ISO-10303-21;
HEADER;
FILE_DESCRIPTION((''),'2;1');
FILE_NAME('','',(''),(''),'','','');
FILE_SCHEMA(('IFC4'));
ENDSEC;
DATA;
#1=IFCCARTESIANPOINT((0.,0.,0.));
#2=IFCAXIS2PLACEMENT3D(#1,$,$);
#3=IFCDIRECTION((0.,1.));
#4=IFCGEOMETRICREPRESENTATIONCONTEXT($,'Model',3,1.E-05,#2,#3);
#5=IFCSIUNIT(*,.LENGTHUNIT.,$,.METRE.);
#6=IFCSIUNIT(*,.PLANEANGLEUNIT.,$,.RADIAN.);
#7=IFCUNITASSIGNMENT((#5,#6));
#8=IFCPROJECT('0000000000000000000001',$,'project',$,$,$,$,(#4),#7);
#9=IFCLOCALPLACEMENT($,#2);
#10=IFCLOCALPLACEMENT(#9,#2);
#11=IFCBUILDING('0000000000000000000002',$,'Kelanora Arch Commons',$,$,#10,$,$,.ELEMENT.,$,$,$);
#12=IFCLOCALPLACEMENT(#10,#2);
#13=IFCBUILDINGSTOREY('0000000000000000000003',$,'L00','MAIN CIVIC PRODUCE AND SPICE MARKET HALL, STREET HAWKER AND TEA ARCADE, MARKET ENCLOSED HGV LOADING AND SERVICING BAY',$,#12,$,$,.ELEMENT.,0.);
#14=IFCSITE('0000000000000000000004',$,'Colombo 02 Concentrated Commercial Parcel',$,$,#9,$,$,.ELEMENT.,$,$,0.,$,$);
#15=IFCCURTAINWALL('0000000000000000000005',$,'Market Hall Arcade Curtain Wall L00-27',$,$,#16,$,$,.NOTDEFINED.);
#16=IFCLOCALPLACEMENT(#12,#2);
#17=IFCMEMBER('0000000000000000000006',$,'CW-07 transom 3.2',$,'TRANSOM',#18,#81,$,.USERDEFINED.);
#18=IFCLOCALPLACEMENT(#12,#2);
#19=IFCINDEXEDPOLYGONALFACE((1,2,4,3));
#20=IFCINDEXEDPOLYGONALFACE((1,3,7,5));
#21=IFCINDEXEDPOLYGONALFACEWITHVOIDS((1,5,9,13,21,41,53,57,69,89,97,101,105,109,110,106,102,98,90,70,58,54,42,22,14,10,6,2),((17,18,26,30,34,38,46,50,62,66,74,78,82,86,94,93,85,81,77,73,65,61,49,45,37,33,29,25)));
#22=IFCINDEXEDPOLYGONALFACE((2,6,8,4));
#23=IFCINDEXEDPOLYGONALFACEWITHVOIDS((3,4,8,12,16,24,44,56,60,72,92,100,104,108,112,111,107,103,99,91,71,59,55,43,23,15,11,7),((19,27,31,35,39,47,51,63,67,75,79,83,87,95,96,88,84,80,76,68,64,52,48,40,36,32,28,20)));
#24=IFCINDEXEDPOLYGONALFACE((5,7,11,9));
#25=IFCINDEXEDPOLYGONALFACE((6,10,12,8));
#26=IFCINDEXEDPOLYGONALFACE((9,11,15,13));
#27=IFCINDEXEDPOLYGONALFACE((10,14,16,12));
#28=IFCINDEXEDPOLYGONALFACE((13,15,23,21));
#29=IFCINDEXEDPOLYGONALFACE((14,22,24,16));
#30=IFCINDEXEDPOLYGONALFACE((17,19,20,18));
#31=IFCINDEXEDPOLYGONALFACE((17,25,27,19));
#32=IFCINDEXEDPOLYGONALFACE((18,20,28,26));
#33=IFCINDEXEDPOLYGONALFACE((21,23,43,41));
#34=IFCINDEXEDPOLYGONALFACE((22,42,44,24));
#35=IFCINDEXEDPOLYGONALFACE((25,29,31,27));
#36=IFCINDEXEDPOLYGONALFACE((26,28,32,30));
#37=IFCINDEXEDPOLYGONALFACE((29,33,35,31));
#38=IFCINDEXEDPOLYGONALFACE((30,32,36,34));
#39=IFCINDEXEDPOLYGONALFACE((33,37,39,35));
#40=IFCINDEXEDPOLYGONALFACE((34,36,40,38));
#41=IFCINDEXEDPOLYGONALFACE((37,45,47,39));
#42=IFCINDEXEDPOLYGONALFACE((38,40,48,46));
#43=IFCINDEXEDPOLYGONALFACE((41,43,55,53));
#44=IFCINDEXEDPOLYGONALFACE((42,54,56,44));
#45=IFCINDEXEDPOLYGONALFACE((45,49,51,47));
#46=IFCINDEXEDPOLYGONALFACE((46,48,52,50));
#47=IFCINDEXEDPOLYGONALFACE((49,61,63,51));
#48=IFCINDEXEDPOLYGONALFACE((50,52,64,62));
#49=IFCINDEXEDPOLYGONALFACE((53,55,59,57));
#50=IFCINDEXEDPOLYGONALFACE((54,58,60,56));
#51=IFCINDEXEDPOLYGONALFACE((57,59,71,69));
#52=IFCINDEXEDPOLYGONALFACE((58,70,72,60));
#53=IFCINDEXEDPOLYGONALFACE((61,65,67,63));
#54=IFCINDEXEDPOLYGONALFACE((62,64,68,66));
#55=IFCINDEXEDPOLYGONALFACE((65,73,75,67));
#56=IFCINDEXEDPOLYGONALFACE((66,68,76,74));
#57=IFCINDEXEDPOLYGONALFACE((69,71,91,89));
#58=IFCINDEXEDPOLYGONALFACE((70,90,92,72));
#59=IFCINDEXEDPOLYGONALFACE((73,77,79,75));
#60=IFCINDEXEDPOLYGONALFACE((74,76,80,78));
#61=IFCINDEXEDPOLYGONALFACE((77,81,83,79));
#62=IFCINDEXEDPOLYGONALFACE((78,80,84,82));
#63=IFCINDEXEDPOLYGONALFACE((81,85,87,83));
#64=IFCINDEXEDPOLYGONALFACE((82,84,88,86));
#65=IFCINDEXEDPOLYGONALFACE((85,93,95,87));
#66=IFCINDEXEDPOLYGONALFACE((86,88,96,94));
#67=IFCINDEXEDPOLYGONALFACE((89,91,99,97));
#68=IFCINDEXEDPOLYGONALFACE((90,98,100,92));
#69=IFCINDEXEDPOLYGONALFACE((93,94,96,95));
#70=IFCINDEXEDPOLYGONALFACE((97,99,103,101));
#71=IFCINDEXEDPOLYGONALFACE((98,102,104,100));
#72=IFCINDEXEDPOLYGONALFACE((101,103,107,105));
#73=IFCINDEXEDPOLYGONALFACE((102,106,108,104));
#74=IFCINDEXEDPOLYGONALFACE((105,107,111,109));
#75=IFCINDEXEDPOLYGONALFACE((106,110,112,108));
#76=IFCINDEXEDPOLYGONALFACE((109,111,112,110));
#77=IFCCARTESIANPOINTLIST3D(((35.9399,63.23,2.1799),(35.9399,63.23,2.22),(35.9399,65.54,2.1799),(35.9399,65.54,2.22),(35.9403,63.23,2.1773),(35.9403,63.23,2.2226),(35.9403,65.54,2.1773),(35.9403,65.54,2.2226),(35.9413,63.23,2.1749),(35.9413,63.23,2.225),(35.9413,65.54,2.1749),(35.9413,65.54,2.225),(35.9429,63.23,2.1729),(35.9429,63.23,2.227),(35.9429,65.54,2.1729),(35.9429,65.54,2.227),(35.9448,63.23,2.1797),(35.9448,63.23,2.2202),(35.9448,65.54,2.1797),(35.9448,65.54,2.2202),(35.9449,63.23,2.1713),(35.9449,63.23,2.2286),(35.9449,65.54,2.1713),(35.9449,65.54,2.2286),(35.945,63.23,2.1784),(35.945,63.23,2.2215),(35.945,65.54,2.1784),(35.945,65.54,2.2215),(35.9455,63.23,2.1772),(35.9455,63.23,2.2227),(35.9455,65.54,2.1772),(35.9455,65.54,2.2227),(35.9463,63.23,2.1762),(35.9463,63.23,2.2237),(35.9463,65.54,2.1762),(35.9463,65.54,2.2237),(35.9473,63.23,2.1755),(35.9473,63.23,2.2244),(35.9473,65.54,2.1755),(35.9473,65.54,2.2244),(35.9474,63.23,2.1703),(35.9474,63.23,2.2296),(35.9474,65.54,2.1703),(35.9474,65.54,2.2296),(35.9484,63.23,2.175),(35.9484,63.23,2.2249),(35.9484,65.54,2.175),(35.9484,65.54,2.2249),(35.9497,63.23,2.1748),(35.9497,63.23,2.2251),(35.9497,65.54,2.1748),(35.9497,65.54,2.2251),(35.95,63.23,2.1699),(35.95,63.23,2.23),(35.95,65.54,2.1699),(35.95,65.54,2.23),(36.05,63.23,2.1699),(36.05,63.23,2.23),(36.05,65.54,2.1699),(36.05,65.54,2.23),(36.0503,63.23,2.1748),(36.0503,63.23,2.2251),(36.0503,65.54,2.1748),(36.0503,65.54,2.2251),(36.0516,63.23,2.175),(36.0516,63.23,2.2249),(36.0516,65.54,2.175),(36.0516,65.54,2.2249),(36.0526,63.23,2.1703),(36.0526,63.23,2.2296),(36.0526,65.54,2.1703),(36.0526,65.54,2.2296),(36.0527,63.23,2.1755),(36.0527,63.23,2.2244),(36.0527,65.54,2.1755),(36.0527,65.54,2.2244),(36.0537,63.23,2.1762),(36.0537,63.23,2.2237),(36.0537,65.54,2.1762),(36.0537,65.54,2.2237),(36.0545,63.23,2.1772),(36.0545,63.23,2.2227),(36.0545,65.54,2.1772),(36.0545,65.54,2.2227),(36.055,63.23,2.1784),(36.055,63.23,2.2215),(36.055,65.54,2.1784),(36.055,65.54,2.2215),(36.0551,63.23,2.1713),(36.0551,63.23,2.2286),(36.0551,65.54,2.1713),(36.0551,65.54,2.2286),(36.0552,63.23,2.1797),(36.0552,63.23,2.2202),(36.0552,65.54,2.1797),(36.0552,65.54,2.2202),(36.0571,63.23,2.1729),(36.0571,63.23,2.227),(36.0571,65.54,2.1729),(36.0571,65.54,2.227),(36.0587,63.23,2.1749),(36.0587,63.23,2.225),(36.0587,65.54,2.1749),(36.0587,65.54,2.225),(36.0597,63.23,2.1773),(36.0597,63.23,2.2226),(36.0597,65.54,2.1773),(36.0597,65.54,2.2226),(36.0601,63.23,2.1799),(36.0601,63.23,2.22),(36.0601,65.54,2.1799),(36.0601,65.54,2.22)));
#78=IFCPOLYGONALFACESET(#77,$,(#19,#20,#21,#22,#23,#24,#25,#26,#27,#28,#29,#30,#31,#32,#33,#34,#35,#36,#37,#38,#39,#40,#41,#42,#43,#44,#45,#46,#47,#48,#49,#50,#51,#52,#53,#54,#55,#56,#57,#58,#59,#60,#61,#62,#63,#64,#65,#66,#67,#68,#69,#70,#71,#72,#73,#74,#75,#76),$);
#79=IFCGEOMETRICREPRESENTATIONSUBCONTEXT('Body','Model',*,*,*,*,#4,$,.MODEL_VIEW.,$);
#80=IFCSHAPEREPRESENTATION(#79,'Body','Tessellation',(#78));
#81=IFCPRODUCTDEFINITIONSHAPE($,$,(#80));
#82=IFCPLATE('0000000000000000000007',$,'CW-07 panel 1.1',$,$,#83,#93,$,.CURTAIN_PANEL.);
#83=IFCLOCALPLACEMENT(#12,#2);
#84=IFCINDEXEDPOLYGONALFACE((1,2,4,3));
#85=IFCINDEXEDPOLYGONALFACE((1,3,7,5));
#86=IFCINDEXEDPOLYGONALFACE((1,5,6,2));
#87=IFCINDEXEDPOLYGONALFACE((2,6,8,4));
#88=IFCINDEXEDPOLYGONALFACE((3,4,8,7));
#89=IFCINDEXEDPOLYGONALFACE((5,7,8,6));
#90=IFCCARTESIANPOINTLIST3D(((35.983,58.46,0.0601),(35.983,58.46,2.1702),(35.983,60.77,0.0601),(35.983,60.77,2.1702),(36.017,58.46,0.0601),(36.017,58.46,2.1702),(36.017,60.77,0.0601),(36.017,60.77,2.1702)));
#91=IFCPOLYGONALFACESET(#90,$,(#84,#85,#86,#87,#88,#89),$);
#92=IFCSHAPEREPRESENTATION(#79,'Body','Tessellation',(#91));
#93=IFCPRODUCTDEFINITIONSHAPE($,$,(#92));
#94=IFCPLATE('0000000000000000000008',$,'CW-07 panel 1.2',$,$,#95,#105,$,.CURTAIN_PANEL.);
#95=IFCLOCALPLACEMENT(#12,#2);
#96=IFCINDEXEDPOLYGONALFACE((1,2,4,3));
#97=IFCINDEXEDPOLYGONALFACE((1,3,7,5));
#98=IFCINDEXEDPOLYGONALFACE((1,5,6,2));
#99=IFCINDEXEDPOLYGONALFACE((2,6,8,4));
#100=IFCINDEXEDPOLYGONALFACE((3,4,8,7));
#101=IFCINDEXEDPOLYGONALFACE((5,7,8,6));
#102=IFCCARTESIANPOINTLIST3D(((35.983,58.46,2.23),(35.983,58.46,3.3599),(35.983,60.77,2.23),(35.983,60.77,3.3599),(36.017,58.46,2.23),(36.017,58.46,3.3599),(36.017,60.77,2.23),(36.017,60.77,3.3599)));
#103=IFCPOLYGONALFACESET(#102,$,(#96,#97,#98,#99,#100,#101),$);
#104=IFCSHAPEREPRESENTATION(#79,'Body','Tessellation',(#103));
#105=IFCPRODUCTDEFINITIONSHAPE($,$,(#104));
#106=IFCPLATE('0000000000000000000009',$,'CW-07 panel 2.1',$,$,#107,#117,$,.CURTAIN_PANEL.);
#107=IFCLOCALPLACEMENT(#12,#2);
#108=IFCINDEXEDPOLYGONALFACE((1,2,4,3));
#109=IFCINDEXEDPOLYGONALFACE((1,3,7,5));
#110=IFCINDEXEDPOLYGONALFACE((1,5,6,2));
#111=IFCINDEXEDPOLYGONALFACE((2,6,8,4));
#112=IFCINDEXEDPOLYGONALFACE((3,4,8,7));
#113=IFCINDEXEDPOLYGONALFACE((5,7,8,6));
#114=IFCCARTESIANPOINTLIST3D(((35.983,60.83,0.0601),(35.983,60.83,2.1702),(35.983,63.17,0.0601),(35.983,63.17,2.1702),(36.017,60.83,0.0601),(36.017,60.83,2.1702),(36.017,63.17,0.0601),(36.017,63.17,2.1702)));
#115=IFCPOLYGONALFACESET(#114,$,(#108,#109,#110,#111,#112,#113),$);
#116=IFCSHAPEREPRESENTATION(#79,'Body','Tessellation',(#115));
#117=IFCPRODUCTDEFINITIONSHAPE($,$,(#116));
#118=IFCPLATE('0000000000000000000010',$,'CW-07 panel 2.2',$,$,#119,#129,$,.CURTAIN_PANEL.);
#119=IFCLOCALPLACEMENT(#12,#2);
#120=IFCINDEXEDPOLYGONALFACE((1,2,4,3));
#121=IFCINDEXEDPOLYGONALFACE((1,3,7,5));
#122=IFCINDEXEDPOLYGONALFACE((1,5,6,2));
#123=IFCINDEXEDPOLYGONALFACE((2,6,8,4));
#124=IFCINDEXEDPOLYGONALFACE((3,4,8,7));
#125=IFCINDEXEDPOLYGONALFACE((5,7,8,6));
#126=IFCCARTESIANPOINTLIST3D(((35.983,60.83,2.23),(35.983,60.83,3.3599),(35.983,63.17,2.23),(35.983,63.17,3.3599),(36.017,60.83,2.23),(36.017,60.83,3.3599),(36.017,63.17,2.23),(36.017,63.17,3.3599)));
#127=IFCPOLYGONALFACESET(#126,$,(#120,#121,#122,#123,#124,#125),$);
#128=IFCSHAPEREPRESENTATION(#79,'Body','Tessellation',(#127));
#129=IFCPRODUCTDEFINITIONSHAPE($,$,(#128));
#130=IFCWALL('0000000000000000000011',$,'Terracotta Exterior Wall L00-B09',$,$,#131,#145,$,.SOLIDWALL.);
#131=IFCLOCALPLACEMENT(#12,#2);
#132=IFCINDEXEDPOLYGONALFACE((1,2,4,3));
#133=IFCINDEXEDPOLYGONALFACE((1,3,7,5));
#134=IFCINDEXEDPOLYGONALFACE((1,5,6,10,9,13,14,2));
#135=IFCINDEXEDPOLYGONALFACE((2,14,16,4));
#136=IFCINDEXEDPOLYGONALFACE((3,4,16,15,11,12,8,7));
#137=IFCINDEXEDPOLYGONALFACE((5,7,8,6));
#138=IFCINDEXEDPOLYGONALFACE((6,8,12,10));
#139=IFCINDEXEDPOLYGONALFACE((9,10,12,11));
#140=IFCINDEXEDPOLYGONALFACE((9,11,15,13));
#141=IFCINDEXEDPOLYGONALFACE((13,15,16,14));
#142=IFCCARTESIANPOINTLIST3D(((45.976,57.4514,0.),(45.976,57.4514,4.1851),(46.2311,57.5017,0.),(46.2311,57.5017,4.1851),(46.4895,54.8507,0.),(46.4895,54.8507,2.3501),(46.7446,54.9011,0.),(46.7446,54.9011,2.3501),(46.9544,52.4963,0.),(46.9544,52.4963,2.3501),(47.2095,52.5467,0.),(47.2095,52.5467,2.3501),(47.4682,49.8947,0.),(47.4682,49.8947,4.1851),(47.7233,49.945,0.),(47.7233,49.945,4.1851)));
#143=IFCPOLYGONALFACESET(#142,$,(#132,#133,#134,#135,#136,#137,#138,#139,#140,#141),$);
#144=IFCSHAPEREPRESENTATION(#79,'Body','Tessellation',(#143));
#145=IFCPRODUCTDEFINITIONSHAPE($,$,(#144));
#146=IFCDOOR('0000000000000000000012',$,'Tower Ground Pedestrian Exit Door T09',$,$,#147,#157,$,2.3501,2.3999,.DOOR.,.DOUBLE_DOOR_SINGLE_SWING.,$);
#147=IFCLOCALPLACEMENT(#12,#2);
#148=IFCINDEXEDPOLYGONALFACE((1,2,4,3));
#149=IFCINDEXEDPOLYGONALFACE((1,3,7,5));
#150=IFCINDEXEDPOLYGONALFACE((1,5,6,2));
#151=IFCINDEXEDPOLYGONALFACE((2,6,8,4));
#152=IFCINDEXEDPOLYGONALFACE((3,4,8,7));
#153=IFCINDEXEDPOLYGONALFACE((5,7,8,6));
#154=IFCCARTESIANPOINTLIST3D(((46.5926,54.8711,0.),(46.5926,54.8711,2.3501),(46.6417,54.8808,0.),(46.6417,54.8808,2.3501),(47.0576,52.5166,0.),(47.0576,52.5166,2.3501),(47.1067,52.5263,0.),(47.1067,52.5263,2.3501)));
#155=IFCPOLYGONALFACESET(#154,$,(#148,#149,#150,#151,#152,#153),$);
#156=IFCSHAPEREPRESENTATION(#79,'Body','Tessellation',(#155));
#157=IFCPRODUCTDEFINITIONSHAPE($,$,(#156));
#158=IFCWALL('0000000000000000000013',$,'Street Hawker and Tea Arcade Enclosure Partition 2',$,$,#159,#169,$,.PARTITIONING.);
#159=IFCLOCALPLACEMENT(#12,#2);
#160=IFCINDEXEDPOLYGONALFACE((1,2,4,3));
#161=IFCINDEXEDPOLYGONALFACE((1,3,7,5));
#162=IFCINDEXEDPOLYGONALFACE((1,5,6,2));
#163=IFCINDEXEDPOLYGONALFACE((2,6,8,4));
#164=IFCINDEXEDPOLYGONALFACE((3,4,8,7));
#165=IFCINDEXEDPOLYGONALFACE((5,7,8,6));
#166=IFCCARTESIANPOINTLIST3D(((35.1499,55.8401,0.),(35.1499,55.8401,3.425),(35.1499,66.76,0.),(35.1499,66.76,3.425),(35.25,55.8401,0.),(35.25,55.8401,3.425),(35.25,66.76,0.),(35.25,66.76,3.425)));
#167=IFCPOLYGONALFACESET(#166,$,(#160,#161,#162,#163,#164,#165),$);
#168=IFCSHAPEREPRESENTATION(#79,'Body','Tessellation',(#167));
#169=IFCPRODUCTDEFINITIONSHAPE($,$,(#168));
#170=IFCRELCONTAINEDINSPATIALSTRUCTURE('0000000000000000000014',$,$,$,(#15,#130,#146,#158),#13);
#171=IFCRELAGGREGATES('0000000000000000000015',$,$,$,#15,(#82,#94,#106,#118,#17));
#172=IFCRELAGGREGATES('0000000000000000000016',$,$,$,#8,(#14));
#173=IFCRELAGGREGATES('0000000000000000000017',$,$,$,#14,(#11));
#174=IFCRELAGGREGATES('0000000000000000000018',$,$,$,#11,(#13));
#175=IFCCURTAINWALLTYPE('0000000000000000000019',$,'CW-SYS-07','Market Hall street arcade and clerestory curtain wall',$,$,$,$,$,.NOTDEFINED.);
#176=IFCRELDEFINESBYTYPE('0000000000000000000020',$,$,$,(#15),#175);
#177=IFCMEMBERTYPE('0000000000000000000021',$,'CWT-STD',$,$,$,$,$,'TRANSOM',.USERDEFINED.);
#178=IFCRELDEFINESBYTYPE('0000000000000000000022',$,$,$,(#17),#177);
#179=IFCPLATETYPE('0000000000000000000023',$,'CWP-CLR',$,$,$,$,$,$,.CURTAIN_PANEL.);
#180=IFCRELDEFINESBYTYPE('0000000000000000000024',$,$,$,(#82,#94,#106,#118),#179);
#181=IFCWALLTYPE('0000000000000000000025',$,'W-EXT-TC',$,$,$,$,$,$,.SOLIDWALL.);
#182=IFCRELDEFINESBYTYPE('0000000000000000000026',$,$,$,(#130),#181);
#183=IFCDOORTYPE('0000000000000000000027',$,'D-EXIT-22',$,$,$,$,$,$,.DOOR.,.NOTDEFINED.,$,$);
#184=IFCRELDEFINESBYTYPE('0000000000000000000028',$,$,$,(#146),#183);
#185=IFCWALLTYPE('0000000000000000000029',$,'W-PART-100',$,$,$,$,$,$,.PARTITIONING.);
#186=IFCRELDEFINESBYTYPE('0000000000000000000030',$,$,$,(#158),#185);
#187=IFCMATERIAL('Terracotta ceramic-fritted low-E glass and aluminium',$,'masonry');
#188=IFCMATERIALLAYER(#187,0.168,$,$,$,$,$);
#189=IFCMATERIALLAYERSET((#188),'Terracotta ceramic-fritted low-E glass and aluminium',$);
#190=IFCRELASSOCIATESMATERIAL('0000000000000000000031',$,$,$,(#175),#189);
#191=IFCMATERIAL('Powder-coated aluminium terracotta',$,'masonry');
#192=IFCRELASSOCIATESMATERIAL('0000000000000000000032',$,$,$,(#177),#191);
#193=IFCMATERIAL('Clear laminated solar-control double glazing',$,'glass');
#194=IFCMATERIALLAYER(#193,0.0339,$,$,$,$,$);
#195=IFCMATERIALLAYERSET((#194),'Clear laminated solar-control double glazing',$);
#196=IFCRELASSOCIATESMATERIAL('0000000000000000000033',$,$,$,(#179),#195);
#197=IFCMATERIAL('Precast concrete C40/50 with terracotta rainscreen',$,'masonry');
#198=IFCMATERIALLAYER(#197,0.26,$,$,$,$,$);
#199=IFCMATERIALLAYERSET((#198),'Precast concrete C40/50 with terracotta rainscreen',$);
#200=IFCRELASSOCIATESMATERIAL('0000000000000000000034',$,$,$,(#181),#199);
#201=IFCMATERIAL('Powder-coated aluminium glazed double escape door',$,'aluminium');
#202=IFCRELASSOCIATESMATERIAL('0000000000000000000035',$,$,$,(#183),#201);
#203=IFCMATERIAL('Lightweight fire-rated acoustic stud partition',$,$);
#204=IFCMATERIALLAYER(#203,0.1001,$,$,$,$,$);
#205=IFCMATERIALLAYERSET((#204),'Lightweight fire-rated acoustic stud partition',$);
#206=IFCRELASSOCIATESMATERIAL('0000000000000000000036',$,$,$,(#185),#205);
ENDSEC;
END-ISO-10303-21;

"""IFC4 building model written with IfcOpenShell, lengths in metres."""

from ifc_helpers import new_model, si_unit, direction, frame, frame_2d, origin, origin_2d, place, context, subcontext, project, spatial, rectangle, hollow_rectangle, extrude, source, transform, mapped, material, layer, layer_set, material_profile, profile_set, type_object, element, fill, aggregate, save


model = new_model("IFC4")

# Units and contexts
model_context = context("Model", 3, precision=1e-05, world=origin(), true_north=direction((0.0, 1.0)))
body_context = subcontext(model_context, "Body", "Model", "MODEL_VIEW")
ifc_project = project(units=[si_unit("LENGTHUNIT", "METRE"), si_unit("PLANEANGLEUNIT", "RADIAN")], contexts=[model_context])

# Site, building, storey
site_placement = place(None, origin())
site = spatial("IfcSite", under=ifc_project, at=site_placement, Name="Colombo 02 Concentrated Commercial Parcel", CompositionType="ELEMENT", RefElevation=0.0)
building_placement = place(site_placement, origin())
building = spatial("IfcBuilding", under=site, at=building_placement, Name="Kelanora Arch Commons", CompositionType="ELEMENT")
storey_placement = place(building_placement, origin())
storey = spatial("IfcBuildingStorey", under=building, at=storey_placement, Name="L00", Description="MAIN CIVIC PRODUCE AND SPICE MARKET HALL, STREET HAWKER AND TEA ARCADE, MARKET ENCLOSED HGV LOADING AND SERVICING BAY", CompositionType="ELEMENT", Elevation=0.0)

# Curtain wall, member, plates
ifc_material_1 = material(Name="Terracotta ceramic-fritted low-E glass and aluminium", Category="masonry")
ifc_layer_1 = layer(ifc_material_1, 0.168)
ifc_layer_set_1 = layer_set([ifc_layer_1], Name="Terracotta ceramic-fritted low-E glass and aluminium")
curtain_wall_type = type_object("IfcCurtainWallType", Name="CW-SYS-07", Description="Market Hall street arcade and clerestory curtain wall", PredefinedType="NOTDEFINED", material=ifc_layer_set_1)
curtain_wall_placement = place(storey_placement, origin())
curtain_wall = element("IfcCurtainWall", 1, at=curtain_wall_placement, inside=storey, type_object=curtain_wall_type, Name="Market Hall Arcade Curtain Wall L00-27", PredefinedType="NOTDEFINED")
ifc_material_2 = material(Name="Powder-coated aluminium terracotta", Category="masonry")
ifc_material_profile_1 = material_profile(ifc_material_2, hollow_rectangle(XDim=0.1201, YDim=0.0601, WallThickness=0.0049, InnerFilletRadius=0.0049, OuterFilletRadius=0.01, at=origin_2d()), Name="CWT120x60")
ifc_profile_set_1 = profile_set([ifc_material_profile_1], Name="Powder-coated aluminium terracotta")
member_type_1 = type_object("IfcMemberType", Name="CWT-STD", ElementType="TRANSOM", PredefinedType="USERDEFINED", material=ifc_profile_set_1)
member_1_placement = place(storey_placement, frame((36.0, 63.23, 2.2), z_axis=(0.0, 1.0, 0.0), x_axis=(-1.0, 0.0, 0.0)))
member_1 = element("IfcMember", 2, at=member_1_placement, type_object=member_type_1, Name="CW-07 transom 3.2", ObjectType="TRANSOM", PredefinedType="USERDEFINED", context=body_context, shape_type="SweptSolid", body=[
    extrude(hollow_rectangle(XDim=0.1201, YDim=0.0601, WallThickness=0.0049, InnerFilletRadius=0.0049, OuterFilletRadius=0.01, at=origin_2d()), origin(), (0.0, 0.0, 1.0), 2.3101),
])
ifc_material_3 = material(Name="Clear laminated solar-control double glazing", Category="glass")
ifc_layer_2 = layer(ifc_material_3, 0.0339)
ifc_layer_set_2 = layer_set([ifc_layer_2], Name="Clear laminated solar-control double glazing")
plate_type = type_object("IfcPlateType", Name="CWP-CLR", PredefinedType="CURTAIN_PANEL", material=ifc_layer_set_2)
shared_shape_1 = source(origin(), body_context, "Body", "SweptSolid", [
    extrude(rectangle(XDim=2.3101, YDim=0.0339, at=origin_2d()), origin(), (0.0, 0.0, 1.0), 2.1101),
])
plate_1_placement = place(storey_placement, frame((36.0, 59.615, 0.0601), z_axis=(0.0, 0.0, 1.0), x_axis=(0.0, 1.0, 0.0)))
plate_1 = element("IfcPlate", 3, at=plate_1_placement, type_object=plate_type, Name="CW-07 panel 1.1", PredefinedType="CURTAIN_PANEL", context=body_context, shape_type="MappedRepresentation", body=[
    mapped(shared_shape_1, transform((0.0, 0.0, 0.0), scale=1.0)),
])
shared_shape_2 = source(origin(), body_context, "Body", "SweptSolid", [
    extrude(rectangle(XDim=2.3101, YDim=0.0339, at=origin_2d()), origin(), (0.0, 0.0, 1.0), 1.1299),
])
plate_2_placement = place(storey_placement, frame((36.0, 59.615, 2.23), z_axis=(0.0, 0.0, 1.0), x_axis=(0.0, 1.0, 0.0)))
plate_2 = element("IfcPlate", 4, at=plate_2_placement, type_object=plate_type, Name="CW-07 panel 1.2", PredefinedType="CURTAIN_PANEL", context=body_context, shape_type="MappedRepresentation", body=[
    mapped(shared_shape_2, transform((0.0, 0.0, 0.0), scale=1.0)),
])
shared_shape_3 = source(origin(), body_context, "Body", "SweptSolid", [
    extrude(rectangle(XDim=2.3401, YDim=0.0339, at=origin_2d()), origin(), (0.0, 0.0, 1.0), 2.1101),
])
plate_3_placement = place(storey_placement, frame((36.0, 62.0, 0.0601), z_axis=(0.0, 0.0, 1.0), x_axis=(0.0, 1.0, 0.0)))
plate_3 = element("IfcPlate", 5, at=plate_3_placement, type_object=plate_type, Name="CW-07 panel 2.1", PredefinedType="CURTAIN_PANEL", context=body_context, shape_type="MappedRepresentation", body=[
    mapped(shared_shape_3, transform((0.0, 0.0, 0.0), scale=1.0)),
])
shared_shape_4 = source(origin(), body_context, "Body", "SweptSolid", [
    extrude(rectangle(XDim=2.3401, YDim=0.0339, at=origin_2d()), origin(), (0.0, 0.0, 1.0), 1.1299),
])
plate_4_placement = place(storey_placement, frame((36.0, 62.0, 2.23), z_axis=(0.0, 0.0, 1.0), x_axis=(0.0, 1.0, 0.0)))
plate_4 = element("IfcPlate", 6, at=plate_4_placement, type_object=plate_type, Name="CW-07 panel 2.2", PredefinedType="CURTAIN_PANEL", context=body_context, shape_type="MappedRepresentation", body=[
    mapped(shared_shape_4, transform((0.0, 0.0, 0.0), scale=1.0)),
])
aggregate(curtain_wall, [plate_1, plate_2, plate_3, plate_4, member_1])

# Wall, opening, door
ifc_material_4 = material(Name="Precast concrete C40/50 with terracotta rainscreen", Category="masonry")
ifc_layer_3 = layer(ifc_material_4, 0.26)
ifc_layer_set_3 = layer_set([ifc_layer_3], Name="Precast concrete C40/50 with terracotta rainscreen")
wall_type_1 = type_object("IfcWallType", Name="W-EXT-TC", PredefinedType="SOLIDWALL", material=ifc_layer_set_3)
wall_1_placement = place(storey_placement, frame((46.1035, 57.4766, 0.0), z_axis=(0.0, 0.0, 1.0), x_axis=(0.193726, -0.981056, 0.0)))
wall_1 = element("IfcWall", 7, at=wall_1_placement, inside=storey, type_object=wall_type_1, Name="Terracotta Exterior Wall L00-B09", PredefinedType="SOLIDWALL", context=body_context, shape_type="SweptSolid", body=[
    extrude(rectangle(XDim=7.7026, YDim=0.26, at=frame_2d((3.8513, 0.0))), origin(), (0.0, 0.0, 1.0), 4.1851),
])
opening_placement = place(wall_1_placement, frame((2.6509, 0.0, 0.0)))
opening = element("IfcOpeningElement", 8, at=opening_placement, cuts=wall_1, PredefinedType="OPENING", context=body_context, shape_type="SweptSolid", body=[
    extrude(rectangle(XDim=2.3999, YDim=2.3501, at=frame_2d((1.2, 1.175))), frame((0.0, 0.1401, 0.0), z_axis=(0.0, -1.0, 0.0), x_axis=(1.0, 0.0, 0.0)), (0.0, 0.0, 1.0), 0.28),
])
ifc_material_5 = material(Name="Powder-coated aluminium glazed double escape door", Category="aluminium")
door_type = type_object("IfcDoorType", Name="D-EXIT-22", OperationType="NOTDEFINED", PredefinedType="DOOR", material=ifc_material_5)
door_placement = place(opening_placement, frame((2.3999, 0.0, 0.0), z_axis=(0.0, 0.0, 1.0), x_axis=(-1.0, 0.0, 0.0)))
door = element("IfcDoor", 9, at=door_placement, inside=storey, type_object=door_type, Name="Tower Ground Pedestrian Exit Door T09", OperationType="DOUBLE_DOOR_SINGLE_SWING", OverallHeight=2.3501, OverallWidth=2.3999, PredefinedType="DOOR", context=body_context, shape_type="SweptSolid", body=[
    extrude(rectangle(XDim=2.3999, YDim=2.3501, at=frame_2d((1.2, 1.175))), frame((0.0, 0.0249, 0.0), z_axis=(0.0, -1.0, 0.0), x_axis=(1.0, 0.0, 0.0)), (0.0, 0.0, 1.0), 0.05),
])
fill(opening, door)

# Wall
ifc_material_6 = material(Name="Lightweight fire-rated acoustic stud partition")
ifc_layer_4 = layer(ifc_material_6, 0.1001)
ifc_layer_set_4 = layer_set([ifc_layer_4], Name="Lightweight fire-rated acoustic stud partition")
wall_type_2 = type_object("IfcWallType", Name="W-PART-100", PredefinedType="PARTITIONING", material=ifc_layer_set_4)
wall_2_placement = place(storey_placement, frame((35.2, 55.8401, 0.0), z_axis=(0.0, 0.0, 1.0), x_axis=(0.0, 1.0, 0.0)))
element("IfcWall", 10, at=wall_2_placement, inside=storey, type_object=wall_type_2, Name="Street Hawker and Tea Arcade Enclosure Partition 2", PredefinedType="PARTITIONING", context=body_context, shape_type="SweptSolid", body=[
    extrude(rectangle(XDim=10.9199, YDim=0.1001, at=frame_2d((5.46, 0.0))), origin(), (0.0, 0.0, 1.0), 3.425),
])

save(model, "model.ifc")
